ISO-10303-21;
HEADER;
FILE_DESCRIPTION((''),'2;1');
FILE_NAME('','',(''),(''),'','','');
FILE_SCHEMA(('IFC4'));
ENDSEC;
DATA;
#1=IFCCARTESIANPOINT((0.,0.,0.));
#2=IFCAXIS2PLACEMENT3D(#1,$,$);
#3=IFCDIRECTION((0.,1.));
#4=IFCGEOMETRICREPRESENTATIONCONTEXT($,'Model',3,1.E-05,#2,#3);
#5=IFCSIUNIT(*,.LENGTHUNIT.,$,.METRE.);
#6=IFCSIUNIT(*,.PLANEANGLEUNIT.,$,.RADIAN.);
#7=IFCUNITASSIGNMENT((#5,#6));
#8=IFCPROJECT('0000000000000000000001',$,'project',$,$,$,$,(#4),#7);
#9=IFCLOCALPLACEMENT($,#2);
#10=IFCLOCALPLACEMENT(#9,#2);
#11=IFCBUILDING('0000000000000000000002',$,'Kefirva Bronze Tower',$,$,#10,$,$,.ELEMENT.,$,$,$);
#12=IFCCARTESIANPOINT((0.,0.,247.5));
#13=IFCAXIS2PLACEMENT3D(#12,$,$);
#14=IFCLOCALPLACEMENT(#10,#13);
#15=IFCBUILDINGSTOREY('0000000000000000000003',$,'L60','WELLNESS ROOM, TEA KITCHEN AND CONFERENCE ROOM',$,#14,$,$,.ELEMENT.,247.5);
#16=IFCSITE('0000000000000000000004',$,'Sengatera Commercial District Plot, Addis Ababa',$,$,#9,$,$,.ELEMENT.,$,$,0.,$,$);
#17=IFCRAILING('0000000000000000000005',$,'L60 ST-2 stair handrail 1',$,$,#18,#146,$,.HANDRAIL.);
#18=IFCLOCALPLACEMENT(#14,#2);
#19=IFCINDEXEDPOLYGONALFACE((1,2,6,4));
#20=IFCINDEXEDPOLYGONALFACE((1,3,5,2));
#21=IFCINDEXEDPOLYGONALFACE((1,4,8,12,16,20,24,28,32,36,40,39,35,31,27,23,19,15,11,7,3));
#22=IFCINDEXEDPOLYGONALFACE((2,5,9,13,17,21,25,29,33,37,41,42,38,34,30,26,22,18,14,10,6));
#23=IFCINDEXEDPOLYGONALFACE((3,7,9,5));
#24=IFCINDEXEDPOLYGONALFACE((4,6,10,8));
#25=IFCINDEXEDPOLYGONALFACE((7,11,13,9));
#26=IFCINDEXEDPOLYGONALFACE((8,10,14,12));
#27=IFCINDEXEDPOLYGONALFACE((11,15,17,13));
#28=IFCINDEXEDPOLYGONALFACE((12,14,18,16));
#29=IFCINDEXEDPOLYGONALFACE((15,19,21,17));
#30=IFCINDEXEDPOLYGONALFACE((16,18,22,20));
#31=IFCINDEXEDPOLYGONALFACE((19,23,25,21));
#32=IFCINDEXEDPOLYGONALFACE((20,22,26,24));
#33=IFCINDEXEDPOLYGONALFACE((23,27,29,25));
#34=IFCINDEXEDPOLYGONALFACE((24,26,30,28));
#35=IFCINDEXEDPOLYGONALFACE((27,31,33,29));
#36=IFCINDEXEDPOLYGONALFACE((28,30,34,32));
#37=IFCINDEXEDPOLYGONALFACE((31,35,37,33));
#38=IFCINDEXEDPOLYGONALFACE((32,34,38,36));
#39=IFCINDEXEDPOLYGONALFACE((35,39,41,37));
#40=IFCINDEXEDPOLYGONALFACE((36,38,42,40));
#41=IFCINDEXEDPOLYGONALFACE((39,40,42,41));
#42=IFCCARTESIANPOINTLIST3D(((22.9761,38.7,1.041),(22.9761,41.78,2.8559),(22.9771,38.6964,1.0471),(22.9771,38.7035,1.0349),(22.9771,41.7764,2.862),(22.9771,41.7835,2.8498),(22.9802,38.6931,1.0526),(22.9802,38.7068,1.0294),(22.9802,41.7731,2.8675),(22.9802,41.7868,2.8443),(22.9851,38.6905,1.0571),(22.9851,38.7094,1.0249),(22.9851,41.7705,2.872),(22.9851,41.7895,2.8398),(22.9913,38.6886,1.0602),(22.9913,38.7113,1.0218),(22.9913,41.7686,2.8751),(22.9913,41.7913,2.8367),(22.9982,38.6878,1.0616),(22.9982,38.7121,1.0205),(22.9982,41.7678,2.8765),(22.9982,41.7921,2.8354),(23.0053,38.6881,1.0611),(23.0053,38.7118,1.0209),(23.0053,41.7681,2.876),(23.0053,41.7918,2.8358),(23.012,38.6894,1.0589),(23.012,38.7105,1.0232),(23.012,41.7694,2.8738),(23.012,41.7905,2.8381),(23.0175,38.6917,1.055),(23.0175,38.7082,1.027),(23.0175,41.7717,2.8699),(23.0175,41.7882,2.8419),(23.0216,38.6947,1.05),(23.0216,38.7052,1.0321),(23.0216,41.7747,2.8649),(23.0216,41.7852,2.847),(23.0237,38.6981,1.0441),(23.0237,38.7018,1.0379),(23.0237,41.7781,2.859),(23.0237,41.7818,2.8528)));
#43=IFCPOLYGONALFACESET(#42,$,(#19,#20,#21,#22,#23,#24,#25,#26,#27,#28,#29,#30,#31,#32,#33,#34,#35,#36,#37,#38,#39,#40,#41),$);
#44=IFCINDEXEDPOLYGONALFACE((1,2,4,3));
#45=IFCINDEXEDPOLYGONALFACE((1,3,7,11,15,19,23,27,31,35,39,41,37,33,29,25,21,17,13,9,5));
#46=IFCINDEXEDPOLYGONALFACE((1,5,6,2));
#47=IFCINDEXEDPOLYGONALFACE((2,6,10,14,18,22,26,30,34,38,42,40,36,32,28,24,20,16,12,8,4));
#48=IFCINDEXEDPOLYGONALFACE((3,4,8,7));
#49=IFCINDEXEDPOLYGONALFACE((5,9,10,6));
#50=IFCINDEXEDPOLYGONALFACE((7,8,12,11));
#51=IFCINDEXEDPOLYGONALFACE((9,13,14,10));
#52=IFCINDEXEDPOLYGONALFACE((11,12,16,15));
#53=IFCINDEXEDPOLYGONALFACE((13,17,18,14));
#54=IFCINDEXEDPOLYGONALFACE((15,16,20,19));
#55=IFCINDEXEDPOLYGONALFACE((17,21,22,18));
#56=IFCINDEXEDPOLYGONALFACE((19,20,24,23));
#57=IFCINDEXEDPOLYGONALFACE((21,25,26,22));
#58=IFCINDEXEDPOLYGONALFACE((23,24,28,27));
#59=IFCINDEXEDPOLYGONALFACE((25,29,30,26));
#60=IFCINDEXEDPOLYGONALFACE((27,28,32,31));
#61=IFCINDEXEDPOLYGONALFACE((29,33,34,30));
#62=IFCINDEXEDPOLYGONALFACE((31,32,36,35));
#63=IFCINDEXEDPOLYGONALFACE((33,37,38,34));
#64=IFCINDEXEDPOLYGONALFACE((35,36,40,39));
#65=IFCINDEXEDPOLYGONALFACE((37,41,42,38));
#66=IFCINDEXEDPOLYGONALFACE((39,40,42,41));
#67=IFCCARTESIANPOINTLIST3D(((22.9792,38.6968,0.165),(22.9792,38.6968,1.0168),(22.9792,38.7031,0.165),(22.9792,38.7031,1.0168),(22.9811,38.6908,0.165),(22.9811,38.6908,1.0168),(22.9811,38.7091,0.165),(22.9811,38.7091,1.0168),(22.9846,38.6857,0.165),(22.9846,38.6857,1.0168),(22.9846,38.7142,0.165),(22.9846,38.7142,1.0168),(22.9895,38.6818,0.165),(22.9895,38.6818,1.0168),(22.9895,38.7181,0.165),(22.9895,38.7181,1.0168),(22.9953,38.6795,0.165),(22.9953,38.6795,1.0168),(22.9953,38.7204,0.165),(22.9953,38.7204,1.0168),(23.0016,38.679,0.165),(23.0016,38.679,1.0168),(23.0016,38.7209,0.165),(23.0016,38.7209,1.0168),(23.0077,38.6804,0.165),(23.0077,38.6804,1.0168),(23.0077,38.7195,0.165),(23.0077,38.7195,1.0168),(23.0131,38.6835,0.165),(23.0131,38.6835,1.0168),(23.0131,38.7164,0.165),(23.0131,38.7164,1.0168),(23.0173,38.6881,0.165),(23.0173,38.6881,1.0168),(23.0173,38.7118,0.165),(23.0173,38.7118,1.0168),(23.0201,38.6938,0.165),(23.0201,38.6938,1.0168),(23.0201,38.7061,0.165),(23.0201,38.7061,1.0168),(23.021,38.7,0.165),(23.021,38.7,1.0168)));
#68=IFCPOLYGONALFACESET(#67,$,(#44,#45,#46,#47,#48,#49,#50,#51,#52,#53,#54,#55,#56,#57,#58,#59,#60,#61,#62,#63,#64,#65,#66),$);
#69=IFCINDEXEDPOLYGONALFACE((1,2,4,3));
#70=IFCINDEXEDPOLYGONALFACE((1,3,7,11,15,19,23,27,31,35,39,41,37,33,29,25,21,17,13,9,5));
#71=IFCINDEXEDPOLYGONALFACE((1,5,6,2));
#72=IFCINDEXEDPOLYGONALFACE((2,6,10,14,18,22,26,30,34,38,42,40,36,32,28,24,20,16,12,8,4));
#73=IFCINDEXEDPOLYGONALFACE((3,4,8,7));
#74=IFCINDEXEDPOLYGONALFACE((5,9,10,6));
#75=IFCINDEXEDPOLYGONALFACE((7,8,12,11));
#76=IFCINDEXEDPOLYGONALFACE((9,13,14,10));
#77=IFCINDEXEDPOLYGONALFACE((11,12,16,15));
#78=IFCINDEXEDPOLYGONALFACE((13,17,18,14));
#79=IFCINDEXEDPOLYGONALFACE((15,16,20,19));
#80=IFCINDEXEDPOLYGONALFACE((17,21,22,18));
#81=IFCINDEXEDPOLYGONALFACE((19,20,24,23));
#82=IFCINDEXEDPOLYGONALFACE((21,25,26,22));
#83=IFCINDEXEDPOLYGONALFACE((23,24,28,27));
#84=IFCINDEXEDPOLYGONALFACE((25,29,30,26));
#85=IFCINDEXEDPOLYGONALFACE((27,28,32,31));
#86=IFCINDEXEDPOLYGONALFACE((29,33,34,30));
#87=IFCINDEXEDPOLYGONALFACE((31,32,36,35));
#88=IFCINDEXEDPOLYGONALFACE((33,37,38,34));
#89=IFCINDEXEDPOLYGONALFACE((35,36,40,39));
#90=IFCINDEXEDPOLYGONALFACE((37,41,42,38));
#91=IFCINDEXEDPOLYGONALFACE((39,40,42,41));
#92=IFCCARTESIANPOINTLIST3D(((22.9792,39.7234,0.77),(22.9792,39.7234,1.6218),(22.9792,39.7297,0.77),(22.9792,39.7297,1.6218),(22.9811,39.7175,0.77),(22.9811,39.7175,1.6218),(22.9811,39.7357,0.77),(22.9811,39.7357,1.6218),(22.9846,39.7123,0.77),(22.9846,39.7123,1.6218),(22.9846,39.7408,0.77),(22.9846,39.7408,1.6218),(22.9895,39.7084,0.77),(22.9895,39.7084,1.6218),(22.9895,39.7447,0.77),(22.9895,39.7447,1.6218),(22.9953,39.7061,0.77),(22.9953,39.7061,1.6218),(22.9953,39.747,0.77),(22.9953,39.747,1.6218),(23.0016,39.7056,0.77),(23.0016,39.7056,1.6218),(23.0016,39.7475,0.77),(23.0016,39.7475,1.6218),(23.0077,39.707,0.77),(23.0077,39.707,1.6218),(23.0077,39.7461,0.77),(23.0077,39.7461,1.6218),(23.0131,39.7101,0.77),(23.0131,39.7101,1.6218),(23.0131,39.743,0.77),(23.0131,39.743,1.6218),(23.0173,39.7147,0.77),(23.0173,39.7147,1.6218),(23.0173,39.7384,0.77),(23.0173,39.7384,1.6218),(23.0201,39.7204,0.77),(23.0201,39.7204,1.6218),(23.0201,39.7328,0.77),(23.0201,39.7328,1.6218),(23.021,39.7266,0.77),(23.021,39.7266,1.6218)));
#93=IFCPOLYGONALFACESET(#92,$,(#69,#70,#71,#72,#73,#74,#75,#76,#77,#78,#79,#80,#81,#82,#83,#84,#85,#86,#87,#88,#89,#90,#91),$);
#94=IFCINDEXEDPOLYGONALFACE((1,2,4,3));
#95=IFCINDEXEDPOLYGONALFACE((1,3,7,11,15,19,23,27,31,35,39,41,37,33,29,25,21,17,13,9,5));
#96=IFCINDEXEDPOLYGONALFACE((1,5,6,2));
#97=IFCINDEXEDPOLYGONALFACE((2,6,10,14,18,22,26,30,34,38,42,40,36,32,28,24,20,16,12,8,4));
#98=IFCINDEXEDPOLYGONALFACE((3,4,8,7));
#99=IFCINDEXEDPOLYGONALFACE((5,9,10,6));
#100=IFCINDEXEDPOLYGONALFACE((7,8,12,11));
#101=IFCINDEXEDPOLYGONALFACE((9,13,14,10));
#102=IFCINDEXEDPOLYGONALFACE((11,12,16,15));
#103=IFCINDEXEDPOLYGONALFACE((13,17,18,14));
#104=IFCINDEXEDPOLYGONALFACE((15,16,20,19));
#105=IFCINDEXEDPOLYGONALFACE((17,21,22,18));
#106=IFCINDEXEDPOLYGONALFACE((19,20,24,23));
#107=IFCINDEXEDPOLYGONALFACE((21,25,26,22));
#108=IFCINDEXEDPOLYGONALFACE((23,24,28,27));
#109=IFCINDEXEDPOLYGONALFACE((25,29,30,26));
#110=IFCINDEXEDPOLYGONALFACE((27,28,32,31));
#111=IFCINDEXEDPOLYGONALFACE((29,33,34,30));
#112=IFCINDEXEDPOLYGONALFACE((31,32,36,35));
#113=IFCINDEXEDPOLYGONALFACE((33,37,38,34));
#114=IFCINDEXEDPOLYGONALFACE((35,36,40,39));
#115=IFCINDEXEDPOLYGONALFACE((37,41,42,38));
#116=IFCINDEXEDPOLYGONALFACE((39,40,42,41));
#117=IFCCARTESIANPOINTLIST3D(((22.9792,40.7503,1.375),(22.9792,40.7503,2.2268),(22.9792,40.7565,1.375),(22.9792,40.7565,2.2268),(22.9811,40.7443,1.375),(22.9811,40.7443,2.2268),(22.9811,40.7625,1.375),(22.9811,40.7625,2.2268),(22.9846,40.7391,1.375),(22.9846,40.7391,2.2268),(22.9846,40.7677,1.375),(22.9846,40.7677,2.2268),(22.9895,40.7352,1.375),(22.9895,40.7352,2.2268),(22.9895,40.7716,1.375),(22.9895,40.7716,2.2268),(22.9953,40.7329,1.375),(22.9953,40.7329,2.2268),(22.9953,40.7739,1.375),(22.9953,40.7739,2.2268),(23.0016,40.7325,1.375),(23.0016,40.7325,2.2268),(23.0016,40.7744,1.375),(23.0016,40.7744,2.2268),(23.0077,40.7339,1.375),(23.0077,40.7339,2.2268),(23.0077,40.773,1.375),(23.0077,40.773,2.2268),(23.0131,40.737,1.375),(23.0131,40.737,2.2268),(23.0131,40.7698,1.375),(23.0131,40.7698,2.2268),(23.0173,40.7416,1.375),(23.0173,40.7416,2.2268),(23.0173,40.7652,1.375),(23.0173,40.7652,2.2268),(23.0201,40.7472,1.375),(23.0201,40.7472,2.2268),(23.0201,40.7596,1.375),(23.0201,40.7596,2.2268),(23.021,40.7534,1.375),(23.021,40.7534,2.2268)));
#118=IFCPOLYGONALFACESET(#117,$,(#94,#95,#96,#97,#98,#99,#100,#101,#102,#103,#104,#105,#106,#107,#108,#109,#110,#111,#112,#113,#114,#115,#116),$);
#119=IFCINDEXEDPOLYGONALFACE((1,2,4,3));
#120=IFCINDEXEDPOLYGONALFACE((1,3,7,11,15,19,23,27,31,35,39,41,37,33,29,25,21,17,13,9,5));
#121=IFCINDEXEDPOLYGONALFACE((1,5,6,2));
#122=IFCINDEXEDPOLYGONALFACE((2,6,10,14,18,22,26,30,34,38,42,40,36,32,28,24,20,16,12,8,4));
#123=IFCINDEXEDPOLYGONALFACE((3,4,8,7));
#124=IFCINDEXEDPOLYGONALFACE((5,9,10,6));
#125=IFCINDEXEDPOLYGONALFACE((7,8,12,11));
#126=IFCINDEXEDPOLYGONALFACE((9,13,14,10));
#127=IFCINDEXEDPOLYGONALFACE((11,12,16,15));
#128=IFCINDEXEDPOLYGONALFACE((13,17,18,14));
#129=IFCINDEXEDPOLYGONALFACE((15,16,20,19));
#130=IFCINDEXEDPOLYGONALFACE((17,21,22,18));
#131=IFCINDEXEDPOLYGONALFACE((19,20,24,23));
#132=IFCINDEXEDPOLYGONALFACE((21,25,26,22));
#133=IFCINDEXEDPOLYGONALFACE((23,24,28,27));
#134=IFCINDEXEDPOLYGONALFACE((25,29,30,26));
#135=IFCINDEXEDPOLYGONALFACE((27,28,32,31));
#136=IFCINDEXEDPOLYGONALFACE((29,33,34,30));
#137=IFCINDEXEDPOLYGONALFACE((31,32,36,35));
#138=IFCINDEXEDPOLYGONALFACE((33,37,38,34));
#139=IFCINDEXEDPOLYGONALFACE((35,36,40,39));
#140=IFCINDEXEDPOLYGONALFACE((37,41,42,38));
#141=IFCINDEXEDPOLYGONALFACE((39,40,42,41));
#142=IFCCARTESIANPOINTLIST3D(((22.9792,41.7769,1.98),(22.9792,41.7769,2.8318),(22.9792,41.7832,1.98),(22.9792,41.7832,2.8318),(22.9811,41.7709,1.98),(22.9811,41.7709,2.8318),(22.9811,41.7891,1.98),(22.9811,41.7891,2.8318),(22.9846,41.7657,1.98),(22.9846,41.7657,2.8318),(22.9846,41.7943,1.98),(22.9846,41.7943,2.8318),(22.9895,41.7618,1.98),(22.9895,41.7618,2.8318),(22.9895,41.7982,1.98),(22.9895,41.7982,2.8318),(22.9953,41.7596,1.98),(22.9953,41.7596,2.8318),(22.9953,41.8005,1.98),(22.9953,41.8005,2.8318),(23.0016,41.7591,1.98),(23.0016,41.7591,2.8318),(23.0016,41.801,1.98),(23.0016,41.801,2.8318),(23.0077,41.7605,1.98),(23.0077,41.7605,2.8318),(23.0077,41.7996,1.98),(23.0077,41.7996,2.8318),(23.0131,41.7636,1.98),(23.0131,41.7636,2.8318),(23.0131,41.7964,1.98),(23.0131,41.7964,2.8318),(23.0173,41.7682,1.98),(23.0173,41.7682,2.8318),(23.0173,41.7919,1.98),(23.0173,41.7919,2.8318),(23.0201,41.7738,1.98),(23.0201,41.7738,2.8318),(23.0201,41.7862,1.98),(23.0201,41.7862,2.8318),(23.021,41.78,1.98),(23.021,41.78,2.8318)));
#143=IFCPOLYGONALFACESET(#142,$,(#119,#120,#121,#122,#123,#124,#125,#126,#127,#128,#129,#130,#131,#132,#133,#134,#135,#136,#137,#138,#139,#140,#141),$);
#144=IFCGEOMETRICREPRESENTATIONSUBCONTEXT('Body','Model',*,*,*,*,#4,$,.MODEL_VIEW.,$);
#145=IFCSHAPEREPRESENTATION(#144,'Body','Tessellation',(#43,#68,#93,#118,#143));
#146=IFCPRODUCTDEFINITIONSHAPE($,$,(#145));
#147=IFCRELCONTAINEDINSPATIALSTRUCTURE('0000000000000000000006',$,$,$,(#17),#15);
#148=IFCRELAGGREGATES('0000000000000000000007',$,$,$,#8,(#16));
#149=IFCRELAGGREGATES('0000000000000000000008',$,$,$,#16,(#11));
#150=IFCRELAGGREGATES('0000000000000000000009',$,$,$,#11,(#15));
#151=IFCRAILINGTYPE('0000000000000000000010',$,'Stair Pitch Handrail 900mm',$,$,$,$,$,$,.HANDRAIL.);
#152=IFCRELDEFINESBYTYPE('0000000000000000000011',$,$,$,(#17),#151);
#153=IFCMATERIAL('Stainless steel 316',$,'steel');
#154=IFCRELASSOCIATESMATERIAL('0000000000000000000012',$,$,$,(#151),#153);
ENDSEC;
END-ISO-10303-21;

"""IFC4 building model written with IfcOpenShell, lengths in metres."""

from ifc_helpers import new_model, si_unit, direction, frame, origin, origin_2d, place, context, subcontext, project, spatial, circle, extrude, material, type_object, element, save


model = new_model("IFC4")

# Units and contexts
model_context = context("Model", 3, precision=1e-05, world=origin(), true_north=direction((0.0, 1.0)))
body_context = subcontext(model_context, "Body", "Model", "MODEL_VIEW")
ifc_project = project(units=[si_unit("LENGTHUNIT", "METRE"), si_unit("PLANEANGLEUNIT", "RADIAN")], contexts=[model_context])

# Site, building, storey
site_placement = place(None, origin())
site = spatial("IfcSite", under=ifc_project, at=site_placement, Name="Sengatera Commercial District Plot, Addis Ababa", CompositionType="ELEMENT", RefElevation=0.0)
building_placement = place(site_placement, origin())
building = spatial("IfcBuilding", under=site, at=building_placement, Name="Kefirva Bronze Tower", CompositionType="ELEMENT")
storey_placement = place(building_placement, frame((0.0, 0.0, 247.5)))
storey = spatial("IfcBuildingStorey", under=building, at=storey_placement, Name="L60", Description="WELLNESS ROOM, TEA KITCHEN AND CONFERENCE ROOM", CompositionType="ELEMENT", Elevation=247.5)

# Shared definitions
ifc_material_1 = material(Name="Stainless steel 316", Category="steel")

# Railing
railing_type_1 = type_object("IfcRailingType", Name="Stair Pitch Handrail 900mm", PredefinedType="HANDRAIL", material=ifc_material_1)
railing_1_placement = place(storey_placement, frame((23.0, 38.7, 0.165)))
element("IfcRailing", 1, at=railing_1_placement, inside=storey, type_object=railing_type_1, Name="L60 ST-2 stair handrail 1", PredefinedType="HANDRAIL", context=body_context, shape_type="SweptSolid", body=[
    extrude(circle(Radius=0.0239, at=origin_2d()), frame((0.0, 0.0, 0.876), z_axis=(0.0, 0.861551, 0.507671), x_axis=(-1.0, 0.0, 0.0)), (0.0, 0.0, 1.0), 3.575),
    extrude(circle(Radius=0.021, at=origin_2d()), origin(), (0.0, 0.0, 1.0), 0.8518),
    extrude(circle(Radius=0.021, at=origin_2d()), frame((0.0, 1.0266, 0.605)), (0.0, 0.0, 1.0), 0.8518),
    extrude(circle(Radius=0.021, at=origin_2d()), frame((0.0, 2.0535, 1.21)), (0.0, 0.0, 1.0), 0.8518),
    extrude(circle(Radius=0.021, at=origin_2d()), frame((0.0, 3.0801, 1.8149)), (0.0, 0.0, 1.0), 0.8518),
])

save(model, "model.ifc")
